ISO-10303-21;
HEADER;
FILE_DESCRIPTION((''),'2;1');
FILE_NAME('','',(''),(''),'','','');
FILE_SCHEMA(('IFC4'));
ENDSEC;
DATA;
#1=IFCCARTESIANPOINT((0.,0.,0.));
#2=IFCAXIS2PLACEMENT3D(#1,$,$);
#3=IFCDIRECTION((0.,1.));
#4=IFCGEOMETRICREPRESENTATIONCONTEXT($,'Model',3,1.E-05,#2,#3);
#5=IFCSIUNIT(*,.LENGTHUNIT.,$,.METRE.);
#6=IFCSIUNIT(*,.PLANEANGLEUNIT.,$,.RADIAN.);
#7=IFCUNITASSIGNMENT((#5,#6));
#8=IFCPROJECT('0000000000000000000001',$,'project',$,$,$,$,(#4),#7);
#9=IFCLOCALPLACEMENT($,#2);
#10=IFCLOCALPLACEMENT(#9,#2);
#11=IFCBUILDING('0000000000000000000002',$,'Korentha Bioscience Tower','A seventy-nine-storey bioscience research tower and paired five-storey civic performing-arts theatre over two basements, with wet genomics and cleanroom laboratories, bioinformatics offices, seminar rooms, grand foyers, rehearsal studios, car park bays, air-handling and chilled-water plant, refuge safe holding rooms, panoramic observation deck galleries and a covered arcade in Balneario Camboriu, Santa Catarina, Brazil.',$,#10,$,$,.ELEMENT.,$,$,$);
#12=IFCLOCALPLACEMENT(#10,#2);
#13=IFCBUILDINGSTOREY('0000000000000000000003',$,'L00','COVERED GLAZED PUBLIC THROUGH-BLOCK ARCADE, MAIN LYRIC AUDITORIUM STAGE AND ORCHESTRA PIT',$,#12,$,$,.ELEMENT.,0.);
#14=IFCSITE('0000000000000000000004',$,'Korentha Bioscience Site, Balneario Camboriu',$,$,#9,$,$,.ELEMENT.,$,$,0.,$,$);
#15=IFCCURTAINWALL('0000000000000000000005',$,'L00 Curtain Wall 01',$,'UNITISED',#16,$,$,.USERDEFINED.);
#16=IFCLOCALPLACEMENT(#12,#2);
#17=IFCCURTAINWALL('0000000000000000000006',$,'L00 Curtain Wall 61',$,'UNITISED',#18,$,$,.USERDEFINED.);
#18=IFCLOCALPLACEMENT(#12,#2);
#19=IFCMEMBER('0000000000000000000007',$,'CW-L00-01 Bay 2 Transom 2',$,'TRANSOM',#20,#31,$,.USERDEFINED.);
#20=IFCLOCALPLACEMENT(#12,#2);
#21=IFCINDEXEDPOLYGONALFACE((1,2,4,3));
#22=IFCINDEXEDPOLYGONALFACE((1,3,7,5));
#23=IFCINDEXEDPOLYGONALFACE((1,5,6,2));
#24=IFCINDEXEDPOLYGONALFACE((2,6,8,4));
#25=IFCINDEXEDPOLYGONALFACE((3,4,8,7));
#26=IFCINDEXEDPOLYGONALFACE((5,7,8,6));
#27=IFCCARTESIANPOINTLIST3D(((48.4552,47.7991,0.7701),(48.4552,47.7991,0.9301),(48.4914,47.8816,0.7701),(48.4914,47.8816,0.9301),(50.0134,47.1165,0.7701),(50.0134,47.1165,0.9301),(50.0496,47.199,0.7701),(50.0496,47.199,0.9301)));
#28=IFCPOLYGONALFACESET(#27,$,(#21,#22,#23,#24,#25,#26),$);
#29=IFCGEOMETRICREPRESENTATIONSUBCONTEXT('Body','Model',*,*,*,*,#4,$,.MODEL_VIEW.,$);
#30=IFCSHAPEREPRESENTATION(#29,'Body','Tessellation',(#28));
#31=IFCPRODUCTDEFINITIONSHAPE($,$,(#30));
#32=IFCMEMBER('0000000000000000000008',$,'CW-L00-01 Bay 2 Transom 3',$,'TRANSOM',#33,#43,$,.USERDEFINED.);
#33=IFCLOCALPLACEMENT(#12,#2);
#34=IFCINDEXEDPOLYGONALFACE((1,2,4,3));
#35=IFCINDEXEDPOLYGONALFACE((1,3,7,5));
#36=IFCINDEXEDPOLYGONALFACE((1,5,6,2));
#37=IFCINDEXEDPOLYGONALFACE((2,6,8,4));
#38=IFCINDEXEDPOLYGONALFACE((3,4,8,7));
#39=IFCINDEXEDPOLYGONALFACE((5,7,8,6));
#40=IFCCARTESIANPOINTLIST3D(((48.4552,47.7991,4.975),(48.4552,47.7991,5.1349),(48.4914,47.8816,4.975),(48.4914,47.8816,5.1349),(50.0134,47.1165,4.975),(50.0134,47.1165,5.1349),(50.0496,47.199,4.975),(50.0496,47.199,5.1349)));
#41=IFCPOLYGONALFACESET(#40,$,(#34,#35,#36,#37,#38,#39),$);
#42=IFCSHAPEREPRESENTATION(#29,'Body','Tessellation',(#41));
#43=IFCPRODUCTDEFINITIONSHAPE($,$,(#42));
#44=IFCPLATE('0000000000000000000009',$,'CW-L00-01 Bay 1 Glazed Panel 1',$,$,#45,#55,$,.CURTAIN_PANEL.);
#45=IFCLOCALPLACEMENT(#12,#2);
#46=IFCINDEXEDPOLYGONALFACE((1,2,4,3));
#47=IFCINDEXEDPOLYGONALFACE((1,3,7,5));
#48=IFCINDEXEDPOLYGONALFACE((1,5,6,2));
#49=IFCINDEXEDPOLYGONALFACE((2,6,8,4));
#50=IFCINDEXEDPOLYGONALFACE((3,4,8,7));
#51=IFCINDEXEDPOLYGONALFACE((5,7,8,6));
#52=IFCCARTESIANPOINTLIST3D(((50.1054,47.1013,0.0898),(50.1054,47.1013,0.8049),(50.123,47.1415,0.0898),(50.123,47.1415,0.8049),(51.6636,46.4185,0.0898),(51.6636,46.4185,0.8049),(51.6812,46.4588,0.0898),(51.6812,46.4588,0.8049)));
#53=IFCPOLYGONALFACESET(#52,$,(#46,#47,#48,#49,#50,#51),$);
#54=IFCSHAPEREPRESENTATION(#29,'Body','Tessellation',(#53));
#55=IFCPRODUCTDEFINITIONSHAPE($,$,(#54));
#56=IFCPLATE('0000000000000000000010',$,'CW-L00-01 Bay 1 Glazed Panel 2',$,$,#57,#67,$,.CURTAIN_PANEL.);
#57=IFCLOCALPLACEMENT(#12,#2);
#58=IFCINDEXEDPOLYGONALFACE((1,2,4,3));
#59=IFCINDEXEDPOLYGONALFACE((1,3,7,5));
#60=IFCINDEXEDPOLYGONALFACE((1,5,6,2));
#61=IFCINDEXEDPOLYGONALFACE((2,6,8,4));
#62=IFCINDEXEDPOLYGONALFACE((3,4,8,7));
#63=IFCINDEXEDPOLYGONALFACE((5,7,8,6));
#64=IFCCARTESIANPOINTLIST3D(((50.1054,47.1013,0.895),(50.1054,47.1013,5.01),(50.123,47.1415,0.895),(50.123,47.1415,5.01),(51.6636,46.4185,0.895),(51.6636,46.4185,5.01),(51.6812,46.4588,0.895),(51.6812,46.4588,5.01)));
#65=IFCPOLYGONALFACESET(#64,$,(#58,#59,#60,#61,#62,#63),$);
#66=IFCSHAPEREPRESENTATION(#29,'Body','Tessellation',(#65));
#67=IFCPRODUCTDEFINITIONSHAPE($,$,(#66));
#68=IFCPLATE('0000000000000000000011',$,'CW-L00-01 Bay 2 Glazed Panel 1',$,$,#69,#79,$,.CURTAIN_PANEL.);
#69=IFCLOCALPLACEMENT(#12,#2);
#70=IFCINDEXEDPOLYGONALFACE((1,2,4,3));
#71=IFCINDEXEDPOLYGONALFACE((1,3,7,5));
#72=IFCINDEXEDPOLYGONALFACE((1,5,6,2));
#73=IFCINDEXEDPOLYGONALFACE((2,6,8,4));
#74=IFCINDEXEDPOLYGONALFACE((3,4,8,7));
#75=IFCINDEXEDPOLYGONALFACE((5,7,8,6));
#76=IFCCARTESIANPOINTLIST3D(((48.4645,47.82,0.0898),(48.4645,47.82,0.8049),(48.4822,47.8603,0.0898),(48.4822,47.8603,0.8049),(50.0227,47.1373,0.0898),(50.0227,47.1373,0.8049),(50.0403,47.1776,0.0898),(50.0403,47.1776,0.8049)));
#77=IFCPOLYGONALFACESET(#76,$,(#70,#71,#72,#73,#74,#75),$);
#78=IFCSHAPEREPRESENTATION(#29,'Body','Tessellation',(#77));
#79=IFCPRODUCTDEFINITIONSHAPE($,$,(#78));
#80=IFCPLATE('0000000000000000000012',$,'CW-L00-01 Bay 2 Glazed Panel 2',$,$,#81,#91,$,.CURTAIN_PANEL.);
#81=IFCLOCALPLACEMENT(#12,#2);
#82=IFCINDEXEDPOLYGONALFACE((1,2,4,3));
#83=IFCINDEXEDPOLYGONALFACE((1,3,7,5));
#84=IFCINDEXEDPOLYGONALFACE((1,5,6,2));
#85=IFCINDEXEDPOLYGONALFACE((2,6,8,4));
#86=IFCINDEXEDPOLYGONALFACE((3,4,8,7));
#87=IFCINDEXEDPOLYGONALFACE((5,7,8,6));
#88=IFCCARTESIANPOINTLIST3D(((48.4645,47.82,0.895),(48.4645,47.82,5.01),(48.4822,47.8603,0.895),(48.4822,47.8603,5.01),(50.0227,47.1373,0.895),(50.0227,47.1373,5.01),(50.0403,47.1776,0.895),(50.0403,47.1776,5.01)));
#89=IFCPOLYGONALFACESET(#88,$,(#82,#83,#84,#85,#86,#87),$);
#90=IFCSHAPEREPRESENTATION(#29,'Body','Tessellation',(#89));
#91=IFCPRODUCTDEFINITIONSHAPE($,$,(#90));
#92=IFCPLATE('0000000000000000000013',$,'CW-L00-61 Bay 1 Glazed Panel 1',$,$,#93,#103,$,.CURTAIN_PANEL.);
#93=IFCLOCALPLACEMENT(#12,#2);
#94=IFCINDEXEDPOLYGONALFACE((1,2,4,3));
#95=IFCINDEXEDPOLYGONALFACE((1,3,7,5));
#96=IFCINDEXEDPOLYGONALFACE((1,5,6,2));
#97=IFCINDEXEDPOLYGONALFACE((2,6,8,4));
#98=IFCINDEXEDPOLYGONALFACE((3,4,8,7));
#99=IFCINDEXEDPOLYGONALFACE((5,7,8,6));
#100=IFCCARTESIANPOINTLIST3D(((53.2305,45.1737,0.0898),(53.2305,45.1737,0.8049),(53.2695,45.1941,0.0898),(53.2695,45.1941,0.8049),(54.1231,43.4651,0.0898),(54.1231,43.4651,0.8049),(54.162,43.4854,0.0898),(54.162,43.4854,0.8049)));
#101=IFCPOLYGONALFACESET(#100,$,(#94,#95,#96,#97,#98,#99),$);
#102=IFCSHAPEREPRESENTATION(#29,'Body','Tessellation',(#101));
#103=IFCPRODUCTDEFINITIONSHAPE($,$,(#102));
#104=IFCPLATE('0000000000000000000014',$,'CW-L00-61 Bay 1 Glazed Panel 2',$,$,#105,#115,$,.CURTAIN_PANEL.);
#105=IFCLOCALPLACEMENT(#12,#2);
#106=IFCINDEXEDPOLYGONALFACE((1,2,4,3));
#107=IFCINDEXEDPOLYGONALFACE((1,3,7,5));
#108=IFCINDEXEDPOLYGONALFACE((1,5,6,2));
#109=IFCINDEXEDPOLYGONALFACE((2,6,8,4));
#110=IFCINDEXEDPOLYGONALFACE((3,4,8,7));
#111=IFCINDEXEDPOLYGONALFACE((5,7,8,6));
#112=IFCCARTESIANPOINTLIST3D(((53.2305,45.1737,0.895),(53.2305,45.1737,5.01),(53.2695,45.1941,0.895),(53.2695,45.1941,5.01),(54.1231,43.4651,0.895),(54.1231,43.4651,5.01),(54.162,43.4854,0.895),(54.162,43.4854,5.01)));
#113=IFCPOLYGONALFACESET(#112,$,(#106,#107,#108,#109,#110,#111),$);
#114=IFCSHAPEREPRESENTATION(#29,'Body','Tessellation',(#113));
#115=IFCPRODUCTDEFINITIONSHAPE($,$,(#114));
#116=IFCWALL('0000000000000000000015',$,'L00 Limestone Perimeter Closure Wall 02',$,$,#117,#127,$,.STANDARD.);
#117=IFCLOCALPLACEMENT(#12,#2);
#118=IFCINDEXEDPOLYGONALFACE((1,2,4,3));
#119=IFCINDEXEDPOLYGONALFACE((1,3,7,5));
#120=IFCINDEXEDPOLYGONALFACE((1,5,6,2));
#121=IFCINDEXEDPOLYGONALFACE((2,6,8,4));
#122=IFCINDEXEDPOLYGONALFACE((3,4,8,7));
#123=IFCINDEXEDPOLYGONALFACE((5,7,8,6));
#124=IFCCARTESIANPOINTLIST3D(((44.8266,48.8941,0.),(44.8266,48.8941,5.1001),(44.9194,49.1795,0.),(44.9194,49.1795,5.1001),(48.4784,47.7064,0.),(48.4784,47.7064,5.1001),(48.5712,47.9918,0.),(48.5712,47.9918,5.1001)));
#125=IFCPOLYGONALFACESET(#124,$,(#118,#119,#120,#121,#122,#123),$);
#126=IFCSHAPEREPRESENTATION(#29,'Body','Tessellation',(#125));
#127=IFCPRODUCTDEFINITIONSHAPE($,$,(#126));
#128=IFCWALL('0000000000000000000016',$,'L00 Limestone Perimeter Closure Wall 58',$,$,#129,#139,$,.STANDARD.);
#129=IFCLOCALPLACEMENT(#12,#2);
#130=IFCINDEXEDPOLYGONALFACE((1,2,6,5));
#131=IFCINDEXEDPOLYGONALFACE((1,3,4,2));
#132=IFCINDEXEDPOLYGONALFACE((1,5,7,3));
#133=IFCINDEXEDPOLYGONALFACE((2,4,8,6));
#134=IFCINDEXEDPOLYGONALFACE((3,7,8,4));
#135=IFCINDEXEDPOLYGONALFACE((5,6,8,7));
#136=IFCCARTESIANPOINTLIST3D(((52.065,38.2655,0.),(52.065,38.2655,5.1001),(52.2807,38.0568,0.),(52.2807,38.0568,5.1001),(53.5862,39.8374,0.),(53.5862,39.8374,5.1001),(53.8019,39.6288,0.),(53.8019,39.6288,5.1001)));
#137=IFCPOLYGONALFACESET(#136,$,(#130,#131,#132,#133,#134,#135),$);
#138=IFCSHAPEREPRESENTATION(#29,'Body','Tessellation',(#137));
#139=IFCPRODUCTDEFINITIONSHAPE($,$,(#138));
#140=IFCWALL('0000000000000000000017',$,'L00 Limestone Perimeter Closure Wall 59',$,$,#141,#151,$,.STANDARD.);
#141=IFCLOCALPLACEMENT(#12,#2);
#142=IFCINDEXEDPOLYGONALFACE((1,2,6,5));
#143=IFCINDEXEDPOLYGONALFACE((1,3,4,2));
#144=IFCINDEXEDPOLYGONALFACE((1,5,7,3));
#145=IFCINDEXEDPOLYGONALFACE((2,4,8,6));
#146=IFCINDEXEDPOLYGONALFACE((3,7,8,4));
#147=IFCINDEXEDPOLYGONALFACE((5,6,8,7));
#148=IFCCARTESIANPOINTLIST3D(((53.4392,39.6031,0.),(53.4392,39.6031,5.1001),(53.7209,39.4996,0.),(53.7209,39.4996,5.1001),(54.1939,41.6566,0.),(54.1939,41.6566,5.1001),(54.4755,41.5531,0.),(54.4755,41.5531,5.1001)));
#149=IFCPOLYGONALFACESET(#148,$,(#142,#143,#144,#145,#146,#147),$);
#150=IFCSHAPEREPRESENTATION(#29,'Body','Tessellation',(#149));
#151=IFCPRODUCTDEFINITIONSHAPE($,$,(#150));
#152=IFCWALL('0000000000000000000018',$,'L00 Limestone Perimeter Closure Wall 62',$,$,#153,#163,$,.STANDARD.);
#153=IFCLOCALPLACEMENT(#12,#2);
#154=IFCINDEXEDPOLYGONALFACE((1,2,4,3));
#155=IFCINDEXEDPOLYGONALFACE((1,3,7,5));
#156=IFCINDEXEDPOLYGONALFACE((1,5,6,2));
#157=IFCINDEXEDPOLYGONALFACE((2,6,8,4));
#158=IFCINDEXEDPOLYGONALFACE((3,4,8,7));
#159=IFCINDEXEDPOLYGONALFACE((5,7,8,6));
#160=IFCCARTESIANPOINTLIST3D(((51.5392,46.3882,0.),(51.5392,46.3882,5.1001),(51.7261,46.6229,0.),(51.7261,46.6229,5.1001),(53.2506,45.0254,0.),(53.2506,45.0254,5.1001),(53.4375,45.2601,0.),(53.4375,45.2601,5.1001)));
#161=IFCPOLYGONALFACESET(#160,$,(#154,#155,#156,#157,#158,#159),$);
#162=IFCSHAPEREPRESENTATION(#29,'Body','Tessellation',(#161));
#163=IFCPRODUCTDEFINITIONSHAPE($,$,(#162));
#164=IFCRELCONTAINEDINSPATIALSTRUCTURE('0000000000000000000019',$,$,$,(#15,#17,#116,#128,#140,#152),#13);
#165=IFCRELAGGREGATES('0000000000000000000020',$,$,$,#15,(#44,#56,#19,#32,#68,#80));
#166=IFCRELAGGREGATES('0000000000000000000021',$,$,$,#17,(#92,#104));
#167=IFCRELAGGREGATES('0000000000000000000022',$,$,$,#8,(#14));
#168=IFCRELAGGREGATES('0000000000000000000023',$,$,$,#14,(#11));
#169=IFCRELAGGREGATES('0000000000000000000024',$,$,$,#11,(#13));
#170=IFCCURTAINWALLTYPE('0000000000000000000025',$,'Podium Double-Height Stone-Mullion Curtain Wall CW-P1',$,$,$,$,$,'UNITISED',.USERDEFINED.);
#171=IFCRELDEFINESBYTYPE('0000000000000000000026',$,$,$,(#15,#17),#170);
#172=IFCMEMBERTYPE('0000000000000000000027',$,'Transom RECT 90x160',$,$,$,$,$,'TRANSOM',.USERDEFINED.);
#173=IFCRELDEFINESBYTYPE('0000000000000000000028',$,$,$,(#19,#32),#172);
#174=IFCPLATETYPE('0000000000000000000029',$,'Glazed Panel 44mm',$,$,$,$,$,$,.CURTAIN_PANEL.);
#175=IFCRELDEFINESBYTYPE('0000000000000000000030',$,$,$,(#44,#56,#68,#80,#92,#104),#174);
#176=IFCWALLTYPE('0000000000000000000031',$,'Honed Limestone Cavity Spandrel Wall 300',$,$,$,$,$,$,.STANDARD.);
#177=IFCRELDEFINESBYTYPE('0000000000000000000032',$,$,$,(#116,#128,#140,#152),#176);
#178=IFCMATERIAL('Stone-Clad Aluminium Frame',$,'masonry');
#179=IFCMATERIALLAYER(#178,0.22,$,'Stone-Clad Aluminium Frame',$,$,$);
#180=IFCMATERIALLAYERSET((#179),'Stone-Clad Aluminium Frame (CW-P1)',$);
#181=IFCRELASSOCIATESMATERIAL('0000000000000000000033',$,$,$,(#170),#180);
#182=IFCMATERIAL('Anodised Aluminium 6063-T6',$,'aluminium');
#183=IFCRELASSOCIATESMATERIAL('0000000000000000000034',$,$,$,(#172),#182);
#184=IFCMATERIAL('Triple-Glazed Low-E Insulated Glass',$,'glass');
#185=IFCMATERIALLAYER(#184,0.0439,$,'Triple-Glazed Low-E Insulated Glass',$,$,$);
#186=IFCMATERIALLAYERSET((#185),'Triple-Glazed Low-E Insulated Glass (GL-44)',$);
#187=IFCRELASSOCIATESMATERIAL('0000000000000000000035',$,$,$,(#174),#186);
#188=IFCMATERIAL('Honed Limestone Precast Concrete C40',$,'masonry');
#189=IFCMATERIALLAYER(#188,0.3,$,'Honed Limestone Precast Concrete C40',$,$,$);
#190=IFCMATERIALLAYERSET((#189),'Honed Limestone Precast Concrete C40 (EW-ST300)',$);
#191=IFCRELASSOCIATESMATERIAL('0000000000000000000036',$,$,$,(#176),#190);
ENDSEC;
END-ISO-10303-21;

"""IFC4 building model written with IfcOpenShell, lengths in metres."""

from ifc_helpers import new_model, si_unit, direction, frame, frame_2d, origin, origin_2d, place, context, subcontext, project, spatial, rectangle, extrude, material, layer, layer_set, material_profile, profile_set, type_object, element, aggregate, save


model = new_model("IFC4")

# Units and contexts
model_context = context("Model", 3, precision=1e-05, world=origin(), true_north=direction((0.0, 1.0)))
body_context = subcontext(model_context, "Body", "Model", "MODEL_VIEW")
ifc_project = project(units=[si_unit("LENGTHUNIT", "METRE"), si_unit("PLANEANGLEUNIT", "RADIAN")], contexts=[model_context])

# Site, building, storey
site_placement = place(None, origin())
site = spatial("IfcSite", under=ifc_project, at=site_placement, Name="Korentha Bioscience Site, Balneario Camboriu", CompositionType="ELEMENT", RefElevation=0.0)
building_placement = place(site_placement, origin())
building = spatial("IfcBuilding", under=site, at=building_placement, Name="Korentha Bioscience Tower", Description="A seventy-nine-storey bioscience research tower and paired five-storey civic performing-arts theatre over two basements, with wet genomics and cleanroom laboratories, bioinformatics offices, seminar rooms, grand foyers, rehearsal studios, car park bays, air-handling and chilled-water plant, refuge safe holding rooms, panoramic observation deck galleries and a covered arcade in Balneario Camboriu, Santa Catarina, Brazil.", CompositionType="ELEMENT")
storey_placement = place(building_placement, origin())
storey = spatial("IfcBuildingStorey", under=building, at=storey_placement, Name="L00", Description="COVERED GLAZED PUBLIC THROUGH-BLOCK ARCADE, MAIN LYRIC AUDITORIUM STAGE AND ORCHESTRA PIT", CompositionType="ELEMENT", Elevation=0.0)

# Curtain wall
ifc_material_1 = material(Name="Stone-Clad Aluminium Frame", Category="masonry")
ifc_layer_1 = layer(ifc_material_1, 0.22, Name="Stone-Clad Aluminium Frame")
ifc_layer_set_1 = layer_set([ifc_layer_1], Name="Stone-Clad Aluminium Frame (CW-P1)")
curtain_wall_type = type_object("IfcCurtainWallType", Name="Podium Double-Height Stone-Mullion Curtain Wall CW-P1", ElementType="UNITISED", PredefinedType="USERDEFINED", material=ifc_layer_set_1)
curtain_wall_1_placement = place(storey_placement, origin())
curtain_wall_1 = element("IfcCurtainWall", 1, at=curtain_wall_1_placement, inside=storey, type_object=curtain_wall_type, Name="L00 Curtain Wall 01", ObjectType="UNITISED", PredefinedType="USERDEFINED")
ifc_material_2 = material(Name="Anodised Aluminium 6063-T6", Category="aluminium")

# Curtain wall
curtain_wall_2_placement = place(storey_placement, origin())
curtain_wall_2 = element("IfcCurtainWall", 2, at=curtain_wall_2_placement, inside=storey, type_object=curtain_wall_type, Name="L00 Curtain Wall 61", ObjectType="UNITISED", PredefinedType="USERDEFINED")

# Members
ifc_material_profile_1 = material_profile(ifc_material_2, rectangle(XDim=0.0901, YDim=0.1599, at=origin_2d()), Name="Anodised Aluminium 6063-T6")
ifc_profile_set_1 = profile_set([ifc_material_profile_1], Name="Anodised Aluminium 6063-T6 (CW-TRN)")
member_type_1 = type_object("IfcMemberType", Name="Transom RECT 90x160", ElementType="TRANSOM", PredefinedType="USERDEFINED", material=ifc_profile_set_1)
member_1_placement = place(storey_placement, frame((50.0315, 47.1577, 0.8501), z_axis=(-0.915953, 0.401286, 0.0), x_axis=(-0.401286, -0.915953, 0.0)))
member_1 = element("IfcMember", 3, at=member_1_placement, type_object=member_type_1, Name="CW-L00-01 Bay 2 Transom 2", ObjectType="TRANSOM", PredefinedType="USERDEFINED", context=body_context, shape_type="SweptSolid", body=[
    extrude(rectangle(XDim=0.0901, YDim=0.1599, at=origin_2d()), origin(), (0.0, 0.0, 1.0), 1.7012),
])
member_2_placement = place(storey_placement, frame((50.0315, 47.1577, 5.0549), z_axis=(-0.915953, 0.401286, 0.0), x_axis=(-0.401286, -0.915953, 0.0)))
member_2 = element("IfcMember", 4, at=member_2_placement, type_object=member_type_1, Name="CW-L00-01 Bay 2 Transom 3", ObjectType="TRANSOM", PredefinedType="USERDEFINED", context=body_context, shape_type="SweptSolid", body=[
    extrude(rectangle(XDim=0.0901, YDim=0.1599, at=origin_2d()), origin(), (0.0, 0.0, 1.0), 1.7012),
])

# Plates
ifc_material_3 = material(Name="Triple-Glazed Low-E Insulated Glass", Category="glass")
ifc_layer_2 = layer(ifc_material_3, 0.0439, Name="Triple-Glazed Low-E Insulated Glass")
ifc_layer_set_2 = layer_set([ifc_layer_2], Name="Triple-Glazed Low-E Insulated Glass (GL-44)")
plate_type = type_object("IfcPlateType", Name="Glazed Panel 44mm", PredefinedType="CURTAIN_PANEL", material=ifc_layer_set_2)
plate_1_placement = place(storey_placement, frame((50.8933, 46.78, 0.0898), z_axis=(0.0, 0.0, 1.0), x_axis=(-0.915939, 0.401317, 0.0)))
plate_1 = element("IfcPlate", 5, at=plate_1_placement, type_object=plate_type, Name="CW-L00-01 Bay 1 Glazed Panel 1", PredefinedType="CURTAIN_PANEL", context=body_context, shape_type="SweptSolid", body=[
    extrude(rectangle(XDim=1.7012, YDim=0.0439, at=origin_2d()), origin(), (0.0, 0.0, 1.0), 0.7151),
])
plate_2_placement = place(storey_placement, frame((50.8933, 46.78, 0.895), z_axis=(0.0, 0.0, 1.0), x_axis=(-0.915939, 0.401317, 0.0)))
plate_2 = element("IfcPlate", 6, at=plate_2_placement, type_object=plate_type, Name="CW-L00-01 Bay 1 Glazed Panel 2", PredefinedType="CURTAIN_PANEL", context=body_context, shape_type="SweptSolid", body=[
    extrude(rectangle(XDim=1.7012, YDim=0.0439, at=origin_2d()), origin(), (0.0, 0.0, 1.0), 4.115),
])
plate_3_placement = place(storey_placement, frame((49.2524, 47.4988, 0.0898), z_axis=(0.0, 0.0, 1.0), x_axis=(-0.915939, 0.401317, 0.0)))
plate_3 = element("IfcPlate", 7, at=plate_3_placement, type_object=plate_type, Name="CW-L00-01 Bay 2 Glazed Panel 1", PredefinedType="CURTAIN_PANEL", context=body_context, shape_type="SweptSolid", body=[
    extrude(rectangle(XDim=1.7012, YDim=0.0439, at=origin_2d()), origin(), (0.0, 0.0, 1.0), 0.7151),
])
plate_4_placement = place(storey_placement, frame((49.2524, 47.4988, 0.895), z_axis=(0.0, 0.0, 1.0), x_axis=(-0.915939, 0.401317, 0.0)))
plate_4 = element("IfcPlate", 8, at=plate_4_placement, type_object=plate_type, Name="CW-L00-01 Bay 2 Glazed Panel 2", PredefinedType="CURTAIN_PANEL", context=body_context, shape_type="SweptSolid", body=[
    extrude(rectangle(XDim=1.7012, YDim=0.0439, at=origin_2d()), origin(), (0.0, 0.0, 1.0), 4.115),
])
aggregate(curtain_wall_1, [plate_1, plate_2, member_1, member_2, plate_3, plate_4])
plate_5_placement = place(storey_placement, frame((53.6963, 44.3296, 0.0898), z_axis=(0.0, 0.0, 1.0), x_axis=(-0.463009, 0.886354, 0.0)))
plate_5 = element("IfcPlate", 9, at=plate_5_placement, type_object=plate_type, Name="CW-L00-61 Bay 1 Glazed Panel 1", PredefinedType="CURTAIN_PANEL", context=body_context, shape_type="SweptSolid", body=[
    extrude(rectangle(XDim=1.9277, YDim=0.0439, at=origin_2d()), origin(), (0.0, 0.0, 1.0), 0.7151),
])
plate_6_placement = place(storey_placement, frame((53.6963, 44.3296, 0.895), z_axis=(0.0, 0.0, 1.0), x_axis=(-0.463009, 0.886354, 0.0)))
plate_6 = element("IfcPlate", 10, at=plate_6_placement, type_object=plate_type, Name="CW-L00-61 Bay 1 Glazed Panel 2", PredefinedType="CURTAIN_PANEL", context=body_context, shape_type="SweptSolid", body=[
    extrude(rectangle(XDim=1.9277, YDim=0.0439, at=origin_2d()), origin(), (0.0, 0.0, 1.0), 4.115),
])
aggregate(curtain_wall_2, [plate_5, plate_6])

# Walls
ifc_material_4 = material(Name="Honed Limestone Precast Concrete C40", Category="masonry")
ifc_layer_3 = layer(ifc_material_4, 0.3, Name="Honed Limestone Precast Concrete C40")
ifc_layer_set_3 = layer_set([ifc_layer_3], Name="Honed Limestone Precast Concrete C40 (EW-ST300)")
wall_type = type_object("IfcWallType", Name="Honed Limestone Cavity Spandrel Wall 300", PredefinedType="STANDARD", material=ifc_layer_set_3)
wall_1_placement = place(storey_placement, frame((48.5247, 47.8491, 0.0), z_axis=(0.0, 0.0, 1.0), x_axis=(-0.950966, 0.309296, 0.0)))
element("IfcWall", 11, at=wall_1_placement, inside=storey, type_object=wall_type, Name="L00 Limestone Perimeter Closure Wall 02", PredefinedType="STANDARD", context=body_context, shape_type="SweptSolid", body=[
    extrude(rectangle(XDim=3.8401, YDim=0.3, at=frame_2d((1.9199, 0.0))), origin(), (0.0, 0.0, 1.0), 5.1001),
])
wall_2_placement = place(storey_placement, frame((52.1729, 38.1611, 0.0), z_axis=(0.0, 0.0, 1.0), x_axis=(0.695405, 0.718618, 0.0)))
element("IfcWall", 12, at=wall_2_placement, inside=storey, type_object=wall_type, Name="L00 Limestone Perimeter Closure Wall 58", PredefinedType="STANDARD", context=body_context, shape_type="SweptSolid", body=[
    extrude(rectangle(XDim=2.1875, YDim=0.3, at=frame_2d((1.0938, 0.0))), origin(), (0.0, 0.0, 1.0), 5.1001),
])
for number, where, z_axis, x_axis, name in (
    (13, (53.5801, 39.5515, 0.0), (0.0, 0.0, 1.0), (0.34494, 0.938625, 0.0), "L00 Limestone Perimeter Closure Wall 59"),
    (14, (53.344, 45.1428, 0.0), (0.0, 0.0, 1.0), (-0.782282, 0.622924, 0.0), "L00 Limestone Perimeter Closure Wall 62"),
):
    element("IfcWall", number, at=place(storey_placement, frame(where, z_axis=z_axis, x_axis=x_axis)), inside=storey, type_object=wall_type, Name=name, PredefinedType="STANDARD", context=body_context, shape_type="SweptSolid", body=[
        extrude(rectangle(XDim=2.1877, YDim=0.3, at=frame_2d((1.0938, 0.0))), origin(), (0.0, 0.0, 1.0), 5.1001),
    ])

save(model, "model.ifc")
